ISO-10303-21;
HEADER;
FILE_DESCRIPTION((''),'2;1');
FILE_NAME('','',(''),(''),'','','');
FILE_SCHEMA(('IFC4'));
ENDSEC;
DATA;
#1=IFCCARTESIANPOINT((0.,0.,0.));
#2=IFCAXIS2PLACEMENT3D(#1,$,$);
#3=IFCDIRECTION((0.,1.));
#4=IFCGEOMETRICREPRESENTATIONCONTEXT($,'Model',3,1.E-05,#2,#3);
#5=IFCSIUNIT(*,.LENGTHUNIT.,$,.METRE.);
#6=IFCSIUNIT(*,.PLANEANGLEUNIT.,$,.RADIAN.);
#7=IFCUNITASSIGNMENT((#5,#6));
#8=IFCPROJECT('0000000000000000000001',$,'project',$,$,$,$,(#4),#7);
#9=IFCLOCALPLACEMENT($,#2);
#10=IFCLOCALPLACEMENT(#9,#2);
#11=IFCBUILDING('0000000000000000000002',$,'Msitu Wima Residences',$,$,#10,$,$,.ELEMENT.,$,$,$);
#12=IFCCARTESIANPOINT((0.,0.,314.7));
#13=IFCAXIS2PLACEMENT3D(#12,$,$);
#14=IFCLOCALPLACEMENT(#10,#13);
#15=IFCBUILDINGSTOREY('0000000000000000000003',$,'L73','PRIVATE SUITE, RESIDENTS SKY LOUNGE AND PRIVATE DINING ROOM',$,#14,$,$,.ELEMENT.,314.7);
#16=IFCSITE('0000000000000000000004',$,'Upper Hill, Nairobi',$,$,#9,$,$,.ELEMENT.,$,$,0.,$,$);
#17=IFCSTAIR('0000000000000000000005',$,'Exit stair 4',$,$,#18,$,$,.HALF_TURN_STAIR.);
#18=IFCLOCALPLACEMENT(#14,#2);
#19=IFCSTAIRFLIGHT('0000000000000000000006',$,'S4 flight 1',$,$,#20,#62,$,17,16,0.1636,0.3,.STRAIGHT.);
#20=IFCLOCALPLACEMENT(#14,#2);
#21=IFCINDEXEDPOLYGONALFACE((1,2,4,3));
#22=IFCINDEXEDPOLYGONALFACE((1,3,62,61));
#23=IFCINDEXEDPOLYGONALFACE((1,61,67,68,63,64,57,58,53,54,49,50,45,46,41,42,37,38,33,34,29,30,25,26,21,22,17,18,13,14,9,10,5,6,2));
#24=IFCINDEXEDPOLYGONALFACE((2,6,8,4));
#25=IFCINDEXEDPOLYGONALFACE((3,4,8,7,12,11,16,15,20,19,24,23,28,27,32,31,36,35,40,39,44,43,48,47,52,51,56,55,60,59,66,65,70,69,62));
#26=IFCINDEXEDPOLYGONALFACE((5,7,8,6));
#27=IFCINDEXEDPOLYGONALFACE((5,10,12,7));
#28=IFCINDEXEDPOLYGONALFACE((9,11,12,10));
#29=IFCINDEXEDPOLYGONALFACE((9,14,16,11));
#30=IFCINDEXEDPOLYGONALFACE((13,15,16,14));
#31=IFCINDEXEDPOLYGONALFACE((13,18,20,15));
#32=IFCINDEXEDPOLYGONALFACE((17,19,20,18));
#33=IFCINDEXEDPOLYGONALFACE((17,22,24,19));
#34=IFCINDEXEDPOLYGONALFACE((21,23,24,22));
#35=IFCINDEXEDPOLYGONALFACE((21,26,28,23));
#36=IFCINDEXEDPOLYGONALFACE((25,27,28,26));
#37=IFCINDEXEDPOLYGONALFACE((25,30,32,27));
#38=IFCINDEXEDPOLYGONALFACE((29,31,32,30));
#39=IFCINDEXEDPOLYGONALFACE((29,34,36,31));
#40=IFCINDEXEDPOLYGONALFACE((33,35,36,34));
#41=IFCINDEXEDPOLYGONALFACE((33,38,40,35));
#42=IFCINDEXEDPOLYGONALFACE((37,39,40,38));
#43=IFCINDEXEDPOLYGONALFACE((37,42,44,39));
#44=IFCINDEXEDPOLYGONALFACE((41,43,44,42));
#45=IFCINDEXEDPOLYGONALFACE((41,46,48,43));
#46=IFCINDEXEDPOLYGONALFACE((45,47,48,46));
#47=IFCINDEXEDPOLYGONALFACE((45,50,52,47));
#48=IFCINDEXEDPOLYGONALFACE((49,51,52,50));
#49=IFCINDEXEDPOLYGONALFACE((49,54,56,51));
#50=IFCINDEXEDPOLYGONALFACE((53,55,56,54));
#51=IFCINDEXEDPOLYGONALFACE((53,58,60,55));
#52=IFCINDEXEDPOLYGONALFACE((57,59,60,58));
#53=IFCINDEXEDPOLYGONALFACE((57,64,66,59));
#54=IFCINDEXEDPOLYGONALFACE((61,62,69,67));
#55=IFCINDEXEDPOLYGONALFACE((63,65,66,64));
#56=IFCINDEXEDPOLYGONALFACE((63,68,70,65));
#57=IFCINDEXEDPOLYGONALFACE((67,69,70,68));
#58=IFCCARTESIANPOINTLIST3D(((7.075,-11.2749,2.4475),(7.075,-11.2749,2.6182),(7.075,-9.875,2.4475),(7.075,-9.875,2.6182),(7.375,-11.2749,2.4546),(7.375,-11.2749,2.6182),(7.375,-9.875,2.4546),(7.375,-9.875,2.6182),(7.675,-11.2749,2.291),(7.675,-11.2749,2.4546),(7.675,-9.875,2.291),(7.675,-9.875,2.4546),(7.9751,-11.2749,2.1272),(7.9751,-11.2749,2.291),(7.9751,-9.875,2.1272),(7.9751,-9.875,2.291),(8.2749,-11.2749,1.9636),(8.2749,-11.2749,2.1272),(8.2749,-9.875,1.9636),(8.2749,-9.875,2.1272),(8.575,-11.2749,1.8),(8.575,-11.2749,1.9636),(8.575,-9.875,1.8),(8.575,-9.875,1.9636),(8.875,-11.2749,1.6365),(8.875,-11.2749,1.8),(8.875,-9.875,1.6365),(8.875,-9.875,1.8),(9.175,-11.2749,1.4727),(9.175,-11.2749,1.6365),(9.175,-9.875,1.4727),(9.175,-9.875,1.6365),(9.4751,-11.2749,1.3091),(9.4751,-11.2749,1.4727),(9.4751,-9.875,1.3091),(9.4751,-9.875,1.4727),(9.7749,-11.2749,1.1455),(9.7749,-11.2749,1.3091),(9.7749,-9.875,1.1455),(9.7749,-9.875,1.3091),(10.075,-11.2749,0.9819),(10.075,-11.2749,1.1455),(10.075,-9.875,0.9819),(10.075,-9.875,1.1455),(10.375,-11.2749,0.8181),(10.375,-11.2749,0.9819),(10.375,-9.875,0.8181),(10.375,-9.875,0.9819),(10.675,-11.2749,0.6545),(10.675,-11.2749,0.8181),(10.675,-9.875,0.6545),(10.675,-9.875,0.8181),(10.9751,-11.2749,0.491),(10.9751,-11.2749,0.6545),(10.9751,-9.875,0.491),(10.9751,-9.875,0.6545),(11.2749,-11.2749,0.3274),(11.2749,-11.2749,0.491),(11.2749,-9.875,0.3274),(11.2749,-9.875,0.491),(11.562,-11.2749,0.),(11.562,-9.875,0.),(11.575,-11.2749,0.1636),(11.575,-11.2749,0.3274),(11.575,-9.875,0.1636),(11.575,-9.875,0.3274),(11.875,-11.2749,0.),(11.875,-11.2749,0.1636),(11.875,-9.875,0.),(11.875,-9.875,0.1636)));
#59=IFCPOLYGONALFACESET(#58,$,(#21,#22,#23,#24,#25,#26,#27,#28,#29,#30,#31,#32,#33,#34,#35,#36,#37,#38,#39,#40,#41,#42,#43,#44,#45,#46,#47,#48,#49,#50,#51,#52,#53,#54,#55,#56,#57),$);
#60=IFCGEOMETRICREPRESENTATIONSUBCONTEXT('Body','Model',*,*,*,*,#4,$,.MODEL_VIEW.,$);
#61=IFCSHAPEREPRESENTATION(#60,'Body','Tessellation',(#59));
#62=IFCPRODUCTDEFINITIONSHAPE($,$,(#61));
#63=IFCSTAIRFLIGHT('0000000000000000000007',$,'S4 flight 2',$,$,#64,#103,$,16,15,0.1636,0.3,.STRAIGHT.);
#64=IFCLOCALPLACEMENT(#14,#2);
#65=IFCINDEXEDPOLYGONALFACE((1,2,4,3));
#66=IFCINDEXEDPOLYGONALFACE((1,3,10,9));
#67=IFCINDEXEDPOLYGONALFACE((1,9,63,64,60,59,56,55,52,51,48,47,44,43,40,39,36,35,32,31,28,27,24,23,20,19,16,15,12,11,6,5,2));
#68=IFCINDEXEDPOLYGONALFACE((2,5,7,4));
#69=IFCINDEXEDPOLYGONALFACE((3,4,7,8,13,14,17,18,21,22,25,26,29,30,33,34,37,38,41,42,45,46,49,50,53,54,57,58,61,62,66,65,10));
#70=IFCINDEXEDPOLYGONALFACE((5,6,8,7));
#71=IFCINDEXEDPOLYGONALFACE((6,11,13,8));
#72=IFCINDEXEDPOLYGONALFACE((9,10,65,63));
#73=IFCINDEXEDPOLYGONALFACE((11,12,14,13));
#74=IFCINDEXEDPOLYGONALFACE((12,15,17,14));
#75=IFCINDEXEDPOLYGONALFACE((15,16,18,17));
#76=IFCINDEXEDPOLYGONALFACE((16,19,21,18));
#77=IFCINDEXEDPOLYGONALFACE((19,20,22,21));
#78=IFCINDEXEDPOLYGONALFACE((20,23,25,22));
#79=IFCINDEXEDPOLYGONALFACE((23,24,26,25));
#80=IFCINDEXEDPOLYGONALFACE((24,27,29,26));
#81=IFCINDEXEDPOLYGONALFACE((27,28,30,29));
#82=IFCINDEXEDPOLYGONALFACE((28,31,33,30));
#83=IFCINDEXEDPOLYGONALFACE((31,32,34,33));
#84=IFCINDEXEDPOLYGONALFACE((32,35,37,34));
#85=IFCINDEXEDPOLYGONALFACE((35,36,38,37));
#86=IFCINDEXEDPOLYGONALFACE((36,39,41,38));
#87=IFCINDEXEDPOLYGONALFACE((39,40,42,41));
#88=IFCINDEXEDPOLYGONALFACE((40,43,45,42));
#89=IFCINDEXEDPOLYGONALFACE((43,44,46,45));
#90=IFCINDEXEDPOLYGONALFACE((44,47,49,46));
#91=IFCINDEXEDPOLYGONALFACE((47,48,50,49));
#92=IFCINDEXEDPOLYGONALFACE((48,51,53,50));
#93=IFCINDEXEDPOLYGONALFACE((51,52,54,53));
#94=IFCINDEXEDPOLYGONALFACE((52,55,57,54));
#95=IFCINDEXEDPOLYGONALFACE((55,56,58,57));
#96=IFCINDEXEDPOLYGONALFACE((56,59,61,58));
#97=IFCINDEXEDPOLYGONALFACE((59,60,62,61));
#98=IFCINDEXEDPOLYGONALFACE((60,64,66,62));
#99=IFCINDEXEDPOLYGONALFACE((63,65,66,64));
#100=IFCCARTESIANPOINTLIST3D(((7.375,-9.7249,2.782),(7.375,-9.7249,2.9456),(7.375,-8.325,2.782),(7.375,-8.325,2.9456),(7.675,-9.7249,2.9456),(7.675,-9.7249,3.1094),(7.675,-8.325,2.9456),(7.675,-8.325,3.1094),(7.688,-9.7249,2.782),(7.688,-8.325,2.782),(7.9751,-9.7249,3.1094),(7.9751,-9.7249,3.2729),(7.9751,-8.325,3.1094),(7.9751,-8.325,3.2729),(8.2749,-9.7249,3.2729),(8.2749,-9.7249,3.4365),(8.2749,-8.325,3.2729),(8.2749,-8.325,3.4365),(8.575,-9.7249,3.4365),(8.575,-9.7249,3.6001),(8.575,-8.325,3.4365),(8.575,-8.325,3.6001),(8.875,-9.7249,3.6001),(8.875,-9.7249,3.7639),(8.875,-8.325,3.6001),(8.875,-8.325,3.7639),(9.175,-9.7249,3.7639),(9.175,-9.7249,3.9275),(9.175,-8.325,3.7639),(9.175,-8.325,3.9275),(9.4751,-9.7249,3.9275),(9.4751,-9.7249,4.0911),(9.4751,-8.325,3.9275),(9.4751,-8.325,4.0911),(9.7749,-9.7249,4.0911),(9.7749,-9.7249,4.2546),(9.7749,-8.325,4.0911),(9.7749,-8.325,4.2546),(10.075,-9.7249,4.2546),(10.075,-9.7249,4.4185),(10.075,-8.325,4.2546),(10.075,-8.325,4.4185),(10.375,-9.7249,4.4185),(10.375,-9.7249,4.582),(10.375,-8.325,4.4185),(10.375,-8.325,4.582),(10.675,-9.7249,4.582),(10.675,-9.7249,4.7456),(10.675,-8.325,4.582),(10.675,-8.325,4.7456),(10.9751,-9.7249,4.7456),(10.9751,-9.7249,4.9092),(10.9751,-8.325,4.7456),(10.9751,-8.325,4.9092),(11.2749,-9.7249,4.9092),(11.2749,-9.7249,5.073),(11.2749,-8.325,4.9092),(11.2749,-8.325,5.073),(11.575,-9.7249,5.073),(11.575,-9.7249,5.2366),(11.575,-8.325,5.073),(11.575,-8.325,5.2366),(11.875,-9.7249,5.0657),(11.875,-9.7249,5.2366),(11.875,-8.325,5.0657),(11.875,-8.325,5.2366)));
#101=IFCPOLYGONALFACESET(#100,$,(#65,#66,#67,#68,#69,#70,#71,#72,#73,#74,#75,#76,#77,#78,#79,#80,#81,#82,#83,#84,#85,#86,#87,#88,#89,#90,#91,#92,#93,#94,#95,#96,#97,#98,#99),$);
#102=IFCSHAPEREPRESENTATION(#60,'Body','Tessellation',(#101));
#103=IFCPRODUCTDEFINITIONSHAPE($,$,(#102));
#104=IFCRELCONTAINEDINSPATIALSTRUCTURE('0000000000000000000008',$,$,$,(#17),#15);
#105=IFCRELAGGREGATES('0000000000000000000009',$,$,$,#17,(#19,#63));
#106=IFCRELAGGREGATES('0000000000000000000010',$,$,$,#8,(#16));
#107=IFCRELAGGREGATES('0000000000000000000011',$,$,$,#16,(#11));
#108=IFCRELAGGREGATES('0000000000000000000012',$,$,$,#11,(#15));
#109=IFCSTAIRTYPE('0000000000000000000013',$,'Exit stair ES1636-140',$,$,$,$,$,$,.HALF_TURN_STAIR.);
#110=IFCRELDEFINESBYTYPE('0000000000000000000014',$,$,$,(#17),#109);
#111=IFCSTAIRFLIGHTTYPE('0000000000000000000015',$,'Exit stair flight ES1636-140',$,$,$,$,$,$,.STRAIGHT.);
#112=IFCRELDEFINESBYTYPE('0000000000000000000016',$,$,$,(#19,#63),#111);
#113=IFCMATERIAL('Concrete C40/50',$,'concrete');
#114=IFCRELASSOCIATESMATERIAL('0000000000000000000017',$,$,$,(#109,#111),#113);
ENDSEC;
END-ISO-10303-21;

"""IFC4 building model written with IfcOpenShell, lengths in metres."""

from ifc_helpers import new_model, si_unit, direction, frame, origin, place, context, subcontext, project, spatial, polyline, outline, extrude, material, type_object, element, aggregate, save


model = new_model("IFC4")

# Units and contexts
model_context = context("Model", 3, precision=1e-05, world=origin(), true_north=direction((0.0, 1.0)))
body_context = subcontext(model_context, "Body", "Model", "MODEL_VIEW")
ifc_project = project(units=[si_unit("LENGTHUNIT", "METRE"), si_unit("PLANEANGLEUNIT", "RADIAN")], contexts=[model_context])

# Site, building, storey
site_placement = place(None, origin())
site = spatial("IfcSite", under=ifc_project, at=site_placement, Name="Upper Hill, Nairobi", CompositionType="ELEMENT", RefElevation=0.0)
building_placement = place(site_placement, origin())
building = spatial("IfcBuilding", under=site, at=building_placement, Name="Msitu Wima Residences", CompositionType="ELEMENT")
storey_placement = place(building_placement, frame((0.0, 0.0, 314.7)))
storey = spatial("IfcBuildingStorey", under=building, at=storey_placement, Name="L73", Description="PRIVATE SUITE, RESIDENTS SKY LOUNGE AND PRIVATE DINING ROOM", CompositionType="ELEMENT", Elevation=314.7)

# Shared definitions
ifc_material_1 = material(Name="Concrete C40/50", Category="concrete")

# Stair
stair_type = type_object("IfcStairType", Name="Exit stair ES1636-140", PredefinedType="HALF_TURN_STAIR", material=ifc_material_1)
stair_1_placement = place(storey_placement, origin())
stair_1 = element("IfcStair", 1, at=stair_1_placement, inside=storey, type_object=stair_type, Name="Exit stair 4", PredefinedType="HALF_TURN_STAIR")

# Stair flights
stair_flight_type = type_object("IfcStairFlightType", Name="Exit stair flight ES1636-140", PredefinedType="STRAIGHT", material=ifc_material_1)
stair_flight_1_placement = place(storey_placement, frame((11.875, -10.575, 0.0), z_axis=(0.0, 0.0, 1.0), x_axis=(-1.0, 0.0, 0.0)))
stair_flight_1 = element("IfcStairFlight", 2, at=stair_flight_1_placement, type_object=stair_flight_type, Name="S4 flight 1", NumberOfRisers=17, NumberOfTreads=16, PredefinedType="STRAIGHT", RiserHeight=0.1636, TreadLength=0.3, context=body_context, shape_type="SweptSolid", body=[
    extrude(outline(polyline([(0.0, 0.0), (0.0, 0.1636), (0.3, 0.1636), (0.3, 0.3274), (0.6001, 0.3274), (0.6001, 0.491), (0.8999, 0.491), (0.8999, 0.6545), (1.2, 0.6545), (1.2, 0.8181), (1.5, 0.8181), (1.5, 0.9819), (1.8, 0.9819), (1.8, 1.1455), (2.1001, 1.1455), (2.1001, 1.3091), (2.3999, 1.3091), (2.3999, 1.4727), (2.7, 1.4727), (2.7, 1.6365), (3.0, 1.6365), (3.0, 1.8), (3.3, 1.8), (3.3, 1.9636), (3.6001, 1.9636), (3.6001, 2.1272), (3.8999, 2.1272), (3.8999, 2.291), (4.2, 2.291), (4.2, 2.4546), (4.5, 2.4546), (4.5, 2.6182), (4.8, 2.6182), (4.8, 2.7817), (4.8, 2.4475), (0.313, 0.0), (0.0, 0.0)])), frame((0.0, 0.7, 0.0), z_axis=(0.0, -1.0, 0.0), x_axis=(1.0, 0.0, 0.0)), (0.0, 0.0, 1.0), 1.3999),
])
stair_flight_2_placement = place(storey_placement, frame((7.375, -9.0249, 2.782), z_axis=(0.0, 0.0, 1.0), x_axis=(1.0, 0.0, 0.0)))
stair_flight_2 = element("IfcStairFlight", 3, at=stair_flight_2_placement, type_object=stair_flight_type, Name="S4 flight 2", NumberOfRisers=16, NumberOfTreads=15, PredefinedType="STRAIGHT", RiserHeight=0.1636, TreadLength=0.3, context=body_context, shape_type="SweptSolid", body=[
    extrude(outline(polyline([(0.0, 0.0), (0.0, 0.1636), (0.3, 0.1636), (0.3, 0.3274), (0.6001, 0.3274), (0.6001, 0.491), (0.8999, 0.491), (0.8999, 0.6545), (1.2, 0.6545), (1.2, 0.8181), (1.5, 0.8181), (1.5, 0.9819), (1.8, 0.9819), (1.8, 1.1455), (2.1001, 1.1455), (2.1001, 1.3091), (2.3999, 1.3091), (2.3999, 1.4727), (2.7, 1.4727), (2.7, 1.6365), (3.0, 1.6365), (3.0, 1.8), (3.3, 1.8), (3.3, 1.9636), (3.6001, 1.9636), (3.6001, 2.1272), (3.8999, 2.1272), (3.8999, 2.291), (4.2, 2.291), (4.2, 2.4546), (4.5, 2.4546), (4.5, 2.6182), (4.5, 2.2837), (0.313, 0.0), (0.0, 0.0)])), frame((0.0, 0.7, 0.0), z_axis=(0.0, -1.0, 0.0), x_axis=(1.0, 0.0, 0.0)), (0.0, 0.0, 1.0), 1.3999),
])
aggregate(stair_1, [stair_flight_1, stair_flight_2])

save(model, "model.ifc")
